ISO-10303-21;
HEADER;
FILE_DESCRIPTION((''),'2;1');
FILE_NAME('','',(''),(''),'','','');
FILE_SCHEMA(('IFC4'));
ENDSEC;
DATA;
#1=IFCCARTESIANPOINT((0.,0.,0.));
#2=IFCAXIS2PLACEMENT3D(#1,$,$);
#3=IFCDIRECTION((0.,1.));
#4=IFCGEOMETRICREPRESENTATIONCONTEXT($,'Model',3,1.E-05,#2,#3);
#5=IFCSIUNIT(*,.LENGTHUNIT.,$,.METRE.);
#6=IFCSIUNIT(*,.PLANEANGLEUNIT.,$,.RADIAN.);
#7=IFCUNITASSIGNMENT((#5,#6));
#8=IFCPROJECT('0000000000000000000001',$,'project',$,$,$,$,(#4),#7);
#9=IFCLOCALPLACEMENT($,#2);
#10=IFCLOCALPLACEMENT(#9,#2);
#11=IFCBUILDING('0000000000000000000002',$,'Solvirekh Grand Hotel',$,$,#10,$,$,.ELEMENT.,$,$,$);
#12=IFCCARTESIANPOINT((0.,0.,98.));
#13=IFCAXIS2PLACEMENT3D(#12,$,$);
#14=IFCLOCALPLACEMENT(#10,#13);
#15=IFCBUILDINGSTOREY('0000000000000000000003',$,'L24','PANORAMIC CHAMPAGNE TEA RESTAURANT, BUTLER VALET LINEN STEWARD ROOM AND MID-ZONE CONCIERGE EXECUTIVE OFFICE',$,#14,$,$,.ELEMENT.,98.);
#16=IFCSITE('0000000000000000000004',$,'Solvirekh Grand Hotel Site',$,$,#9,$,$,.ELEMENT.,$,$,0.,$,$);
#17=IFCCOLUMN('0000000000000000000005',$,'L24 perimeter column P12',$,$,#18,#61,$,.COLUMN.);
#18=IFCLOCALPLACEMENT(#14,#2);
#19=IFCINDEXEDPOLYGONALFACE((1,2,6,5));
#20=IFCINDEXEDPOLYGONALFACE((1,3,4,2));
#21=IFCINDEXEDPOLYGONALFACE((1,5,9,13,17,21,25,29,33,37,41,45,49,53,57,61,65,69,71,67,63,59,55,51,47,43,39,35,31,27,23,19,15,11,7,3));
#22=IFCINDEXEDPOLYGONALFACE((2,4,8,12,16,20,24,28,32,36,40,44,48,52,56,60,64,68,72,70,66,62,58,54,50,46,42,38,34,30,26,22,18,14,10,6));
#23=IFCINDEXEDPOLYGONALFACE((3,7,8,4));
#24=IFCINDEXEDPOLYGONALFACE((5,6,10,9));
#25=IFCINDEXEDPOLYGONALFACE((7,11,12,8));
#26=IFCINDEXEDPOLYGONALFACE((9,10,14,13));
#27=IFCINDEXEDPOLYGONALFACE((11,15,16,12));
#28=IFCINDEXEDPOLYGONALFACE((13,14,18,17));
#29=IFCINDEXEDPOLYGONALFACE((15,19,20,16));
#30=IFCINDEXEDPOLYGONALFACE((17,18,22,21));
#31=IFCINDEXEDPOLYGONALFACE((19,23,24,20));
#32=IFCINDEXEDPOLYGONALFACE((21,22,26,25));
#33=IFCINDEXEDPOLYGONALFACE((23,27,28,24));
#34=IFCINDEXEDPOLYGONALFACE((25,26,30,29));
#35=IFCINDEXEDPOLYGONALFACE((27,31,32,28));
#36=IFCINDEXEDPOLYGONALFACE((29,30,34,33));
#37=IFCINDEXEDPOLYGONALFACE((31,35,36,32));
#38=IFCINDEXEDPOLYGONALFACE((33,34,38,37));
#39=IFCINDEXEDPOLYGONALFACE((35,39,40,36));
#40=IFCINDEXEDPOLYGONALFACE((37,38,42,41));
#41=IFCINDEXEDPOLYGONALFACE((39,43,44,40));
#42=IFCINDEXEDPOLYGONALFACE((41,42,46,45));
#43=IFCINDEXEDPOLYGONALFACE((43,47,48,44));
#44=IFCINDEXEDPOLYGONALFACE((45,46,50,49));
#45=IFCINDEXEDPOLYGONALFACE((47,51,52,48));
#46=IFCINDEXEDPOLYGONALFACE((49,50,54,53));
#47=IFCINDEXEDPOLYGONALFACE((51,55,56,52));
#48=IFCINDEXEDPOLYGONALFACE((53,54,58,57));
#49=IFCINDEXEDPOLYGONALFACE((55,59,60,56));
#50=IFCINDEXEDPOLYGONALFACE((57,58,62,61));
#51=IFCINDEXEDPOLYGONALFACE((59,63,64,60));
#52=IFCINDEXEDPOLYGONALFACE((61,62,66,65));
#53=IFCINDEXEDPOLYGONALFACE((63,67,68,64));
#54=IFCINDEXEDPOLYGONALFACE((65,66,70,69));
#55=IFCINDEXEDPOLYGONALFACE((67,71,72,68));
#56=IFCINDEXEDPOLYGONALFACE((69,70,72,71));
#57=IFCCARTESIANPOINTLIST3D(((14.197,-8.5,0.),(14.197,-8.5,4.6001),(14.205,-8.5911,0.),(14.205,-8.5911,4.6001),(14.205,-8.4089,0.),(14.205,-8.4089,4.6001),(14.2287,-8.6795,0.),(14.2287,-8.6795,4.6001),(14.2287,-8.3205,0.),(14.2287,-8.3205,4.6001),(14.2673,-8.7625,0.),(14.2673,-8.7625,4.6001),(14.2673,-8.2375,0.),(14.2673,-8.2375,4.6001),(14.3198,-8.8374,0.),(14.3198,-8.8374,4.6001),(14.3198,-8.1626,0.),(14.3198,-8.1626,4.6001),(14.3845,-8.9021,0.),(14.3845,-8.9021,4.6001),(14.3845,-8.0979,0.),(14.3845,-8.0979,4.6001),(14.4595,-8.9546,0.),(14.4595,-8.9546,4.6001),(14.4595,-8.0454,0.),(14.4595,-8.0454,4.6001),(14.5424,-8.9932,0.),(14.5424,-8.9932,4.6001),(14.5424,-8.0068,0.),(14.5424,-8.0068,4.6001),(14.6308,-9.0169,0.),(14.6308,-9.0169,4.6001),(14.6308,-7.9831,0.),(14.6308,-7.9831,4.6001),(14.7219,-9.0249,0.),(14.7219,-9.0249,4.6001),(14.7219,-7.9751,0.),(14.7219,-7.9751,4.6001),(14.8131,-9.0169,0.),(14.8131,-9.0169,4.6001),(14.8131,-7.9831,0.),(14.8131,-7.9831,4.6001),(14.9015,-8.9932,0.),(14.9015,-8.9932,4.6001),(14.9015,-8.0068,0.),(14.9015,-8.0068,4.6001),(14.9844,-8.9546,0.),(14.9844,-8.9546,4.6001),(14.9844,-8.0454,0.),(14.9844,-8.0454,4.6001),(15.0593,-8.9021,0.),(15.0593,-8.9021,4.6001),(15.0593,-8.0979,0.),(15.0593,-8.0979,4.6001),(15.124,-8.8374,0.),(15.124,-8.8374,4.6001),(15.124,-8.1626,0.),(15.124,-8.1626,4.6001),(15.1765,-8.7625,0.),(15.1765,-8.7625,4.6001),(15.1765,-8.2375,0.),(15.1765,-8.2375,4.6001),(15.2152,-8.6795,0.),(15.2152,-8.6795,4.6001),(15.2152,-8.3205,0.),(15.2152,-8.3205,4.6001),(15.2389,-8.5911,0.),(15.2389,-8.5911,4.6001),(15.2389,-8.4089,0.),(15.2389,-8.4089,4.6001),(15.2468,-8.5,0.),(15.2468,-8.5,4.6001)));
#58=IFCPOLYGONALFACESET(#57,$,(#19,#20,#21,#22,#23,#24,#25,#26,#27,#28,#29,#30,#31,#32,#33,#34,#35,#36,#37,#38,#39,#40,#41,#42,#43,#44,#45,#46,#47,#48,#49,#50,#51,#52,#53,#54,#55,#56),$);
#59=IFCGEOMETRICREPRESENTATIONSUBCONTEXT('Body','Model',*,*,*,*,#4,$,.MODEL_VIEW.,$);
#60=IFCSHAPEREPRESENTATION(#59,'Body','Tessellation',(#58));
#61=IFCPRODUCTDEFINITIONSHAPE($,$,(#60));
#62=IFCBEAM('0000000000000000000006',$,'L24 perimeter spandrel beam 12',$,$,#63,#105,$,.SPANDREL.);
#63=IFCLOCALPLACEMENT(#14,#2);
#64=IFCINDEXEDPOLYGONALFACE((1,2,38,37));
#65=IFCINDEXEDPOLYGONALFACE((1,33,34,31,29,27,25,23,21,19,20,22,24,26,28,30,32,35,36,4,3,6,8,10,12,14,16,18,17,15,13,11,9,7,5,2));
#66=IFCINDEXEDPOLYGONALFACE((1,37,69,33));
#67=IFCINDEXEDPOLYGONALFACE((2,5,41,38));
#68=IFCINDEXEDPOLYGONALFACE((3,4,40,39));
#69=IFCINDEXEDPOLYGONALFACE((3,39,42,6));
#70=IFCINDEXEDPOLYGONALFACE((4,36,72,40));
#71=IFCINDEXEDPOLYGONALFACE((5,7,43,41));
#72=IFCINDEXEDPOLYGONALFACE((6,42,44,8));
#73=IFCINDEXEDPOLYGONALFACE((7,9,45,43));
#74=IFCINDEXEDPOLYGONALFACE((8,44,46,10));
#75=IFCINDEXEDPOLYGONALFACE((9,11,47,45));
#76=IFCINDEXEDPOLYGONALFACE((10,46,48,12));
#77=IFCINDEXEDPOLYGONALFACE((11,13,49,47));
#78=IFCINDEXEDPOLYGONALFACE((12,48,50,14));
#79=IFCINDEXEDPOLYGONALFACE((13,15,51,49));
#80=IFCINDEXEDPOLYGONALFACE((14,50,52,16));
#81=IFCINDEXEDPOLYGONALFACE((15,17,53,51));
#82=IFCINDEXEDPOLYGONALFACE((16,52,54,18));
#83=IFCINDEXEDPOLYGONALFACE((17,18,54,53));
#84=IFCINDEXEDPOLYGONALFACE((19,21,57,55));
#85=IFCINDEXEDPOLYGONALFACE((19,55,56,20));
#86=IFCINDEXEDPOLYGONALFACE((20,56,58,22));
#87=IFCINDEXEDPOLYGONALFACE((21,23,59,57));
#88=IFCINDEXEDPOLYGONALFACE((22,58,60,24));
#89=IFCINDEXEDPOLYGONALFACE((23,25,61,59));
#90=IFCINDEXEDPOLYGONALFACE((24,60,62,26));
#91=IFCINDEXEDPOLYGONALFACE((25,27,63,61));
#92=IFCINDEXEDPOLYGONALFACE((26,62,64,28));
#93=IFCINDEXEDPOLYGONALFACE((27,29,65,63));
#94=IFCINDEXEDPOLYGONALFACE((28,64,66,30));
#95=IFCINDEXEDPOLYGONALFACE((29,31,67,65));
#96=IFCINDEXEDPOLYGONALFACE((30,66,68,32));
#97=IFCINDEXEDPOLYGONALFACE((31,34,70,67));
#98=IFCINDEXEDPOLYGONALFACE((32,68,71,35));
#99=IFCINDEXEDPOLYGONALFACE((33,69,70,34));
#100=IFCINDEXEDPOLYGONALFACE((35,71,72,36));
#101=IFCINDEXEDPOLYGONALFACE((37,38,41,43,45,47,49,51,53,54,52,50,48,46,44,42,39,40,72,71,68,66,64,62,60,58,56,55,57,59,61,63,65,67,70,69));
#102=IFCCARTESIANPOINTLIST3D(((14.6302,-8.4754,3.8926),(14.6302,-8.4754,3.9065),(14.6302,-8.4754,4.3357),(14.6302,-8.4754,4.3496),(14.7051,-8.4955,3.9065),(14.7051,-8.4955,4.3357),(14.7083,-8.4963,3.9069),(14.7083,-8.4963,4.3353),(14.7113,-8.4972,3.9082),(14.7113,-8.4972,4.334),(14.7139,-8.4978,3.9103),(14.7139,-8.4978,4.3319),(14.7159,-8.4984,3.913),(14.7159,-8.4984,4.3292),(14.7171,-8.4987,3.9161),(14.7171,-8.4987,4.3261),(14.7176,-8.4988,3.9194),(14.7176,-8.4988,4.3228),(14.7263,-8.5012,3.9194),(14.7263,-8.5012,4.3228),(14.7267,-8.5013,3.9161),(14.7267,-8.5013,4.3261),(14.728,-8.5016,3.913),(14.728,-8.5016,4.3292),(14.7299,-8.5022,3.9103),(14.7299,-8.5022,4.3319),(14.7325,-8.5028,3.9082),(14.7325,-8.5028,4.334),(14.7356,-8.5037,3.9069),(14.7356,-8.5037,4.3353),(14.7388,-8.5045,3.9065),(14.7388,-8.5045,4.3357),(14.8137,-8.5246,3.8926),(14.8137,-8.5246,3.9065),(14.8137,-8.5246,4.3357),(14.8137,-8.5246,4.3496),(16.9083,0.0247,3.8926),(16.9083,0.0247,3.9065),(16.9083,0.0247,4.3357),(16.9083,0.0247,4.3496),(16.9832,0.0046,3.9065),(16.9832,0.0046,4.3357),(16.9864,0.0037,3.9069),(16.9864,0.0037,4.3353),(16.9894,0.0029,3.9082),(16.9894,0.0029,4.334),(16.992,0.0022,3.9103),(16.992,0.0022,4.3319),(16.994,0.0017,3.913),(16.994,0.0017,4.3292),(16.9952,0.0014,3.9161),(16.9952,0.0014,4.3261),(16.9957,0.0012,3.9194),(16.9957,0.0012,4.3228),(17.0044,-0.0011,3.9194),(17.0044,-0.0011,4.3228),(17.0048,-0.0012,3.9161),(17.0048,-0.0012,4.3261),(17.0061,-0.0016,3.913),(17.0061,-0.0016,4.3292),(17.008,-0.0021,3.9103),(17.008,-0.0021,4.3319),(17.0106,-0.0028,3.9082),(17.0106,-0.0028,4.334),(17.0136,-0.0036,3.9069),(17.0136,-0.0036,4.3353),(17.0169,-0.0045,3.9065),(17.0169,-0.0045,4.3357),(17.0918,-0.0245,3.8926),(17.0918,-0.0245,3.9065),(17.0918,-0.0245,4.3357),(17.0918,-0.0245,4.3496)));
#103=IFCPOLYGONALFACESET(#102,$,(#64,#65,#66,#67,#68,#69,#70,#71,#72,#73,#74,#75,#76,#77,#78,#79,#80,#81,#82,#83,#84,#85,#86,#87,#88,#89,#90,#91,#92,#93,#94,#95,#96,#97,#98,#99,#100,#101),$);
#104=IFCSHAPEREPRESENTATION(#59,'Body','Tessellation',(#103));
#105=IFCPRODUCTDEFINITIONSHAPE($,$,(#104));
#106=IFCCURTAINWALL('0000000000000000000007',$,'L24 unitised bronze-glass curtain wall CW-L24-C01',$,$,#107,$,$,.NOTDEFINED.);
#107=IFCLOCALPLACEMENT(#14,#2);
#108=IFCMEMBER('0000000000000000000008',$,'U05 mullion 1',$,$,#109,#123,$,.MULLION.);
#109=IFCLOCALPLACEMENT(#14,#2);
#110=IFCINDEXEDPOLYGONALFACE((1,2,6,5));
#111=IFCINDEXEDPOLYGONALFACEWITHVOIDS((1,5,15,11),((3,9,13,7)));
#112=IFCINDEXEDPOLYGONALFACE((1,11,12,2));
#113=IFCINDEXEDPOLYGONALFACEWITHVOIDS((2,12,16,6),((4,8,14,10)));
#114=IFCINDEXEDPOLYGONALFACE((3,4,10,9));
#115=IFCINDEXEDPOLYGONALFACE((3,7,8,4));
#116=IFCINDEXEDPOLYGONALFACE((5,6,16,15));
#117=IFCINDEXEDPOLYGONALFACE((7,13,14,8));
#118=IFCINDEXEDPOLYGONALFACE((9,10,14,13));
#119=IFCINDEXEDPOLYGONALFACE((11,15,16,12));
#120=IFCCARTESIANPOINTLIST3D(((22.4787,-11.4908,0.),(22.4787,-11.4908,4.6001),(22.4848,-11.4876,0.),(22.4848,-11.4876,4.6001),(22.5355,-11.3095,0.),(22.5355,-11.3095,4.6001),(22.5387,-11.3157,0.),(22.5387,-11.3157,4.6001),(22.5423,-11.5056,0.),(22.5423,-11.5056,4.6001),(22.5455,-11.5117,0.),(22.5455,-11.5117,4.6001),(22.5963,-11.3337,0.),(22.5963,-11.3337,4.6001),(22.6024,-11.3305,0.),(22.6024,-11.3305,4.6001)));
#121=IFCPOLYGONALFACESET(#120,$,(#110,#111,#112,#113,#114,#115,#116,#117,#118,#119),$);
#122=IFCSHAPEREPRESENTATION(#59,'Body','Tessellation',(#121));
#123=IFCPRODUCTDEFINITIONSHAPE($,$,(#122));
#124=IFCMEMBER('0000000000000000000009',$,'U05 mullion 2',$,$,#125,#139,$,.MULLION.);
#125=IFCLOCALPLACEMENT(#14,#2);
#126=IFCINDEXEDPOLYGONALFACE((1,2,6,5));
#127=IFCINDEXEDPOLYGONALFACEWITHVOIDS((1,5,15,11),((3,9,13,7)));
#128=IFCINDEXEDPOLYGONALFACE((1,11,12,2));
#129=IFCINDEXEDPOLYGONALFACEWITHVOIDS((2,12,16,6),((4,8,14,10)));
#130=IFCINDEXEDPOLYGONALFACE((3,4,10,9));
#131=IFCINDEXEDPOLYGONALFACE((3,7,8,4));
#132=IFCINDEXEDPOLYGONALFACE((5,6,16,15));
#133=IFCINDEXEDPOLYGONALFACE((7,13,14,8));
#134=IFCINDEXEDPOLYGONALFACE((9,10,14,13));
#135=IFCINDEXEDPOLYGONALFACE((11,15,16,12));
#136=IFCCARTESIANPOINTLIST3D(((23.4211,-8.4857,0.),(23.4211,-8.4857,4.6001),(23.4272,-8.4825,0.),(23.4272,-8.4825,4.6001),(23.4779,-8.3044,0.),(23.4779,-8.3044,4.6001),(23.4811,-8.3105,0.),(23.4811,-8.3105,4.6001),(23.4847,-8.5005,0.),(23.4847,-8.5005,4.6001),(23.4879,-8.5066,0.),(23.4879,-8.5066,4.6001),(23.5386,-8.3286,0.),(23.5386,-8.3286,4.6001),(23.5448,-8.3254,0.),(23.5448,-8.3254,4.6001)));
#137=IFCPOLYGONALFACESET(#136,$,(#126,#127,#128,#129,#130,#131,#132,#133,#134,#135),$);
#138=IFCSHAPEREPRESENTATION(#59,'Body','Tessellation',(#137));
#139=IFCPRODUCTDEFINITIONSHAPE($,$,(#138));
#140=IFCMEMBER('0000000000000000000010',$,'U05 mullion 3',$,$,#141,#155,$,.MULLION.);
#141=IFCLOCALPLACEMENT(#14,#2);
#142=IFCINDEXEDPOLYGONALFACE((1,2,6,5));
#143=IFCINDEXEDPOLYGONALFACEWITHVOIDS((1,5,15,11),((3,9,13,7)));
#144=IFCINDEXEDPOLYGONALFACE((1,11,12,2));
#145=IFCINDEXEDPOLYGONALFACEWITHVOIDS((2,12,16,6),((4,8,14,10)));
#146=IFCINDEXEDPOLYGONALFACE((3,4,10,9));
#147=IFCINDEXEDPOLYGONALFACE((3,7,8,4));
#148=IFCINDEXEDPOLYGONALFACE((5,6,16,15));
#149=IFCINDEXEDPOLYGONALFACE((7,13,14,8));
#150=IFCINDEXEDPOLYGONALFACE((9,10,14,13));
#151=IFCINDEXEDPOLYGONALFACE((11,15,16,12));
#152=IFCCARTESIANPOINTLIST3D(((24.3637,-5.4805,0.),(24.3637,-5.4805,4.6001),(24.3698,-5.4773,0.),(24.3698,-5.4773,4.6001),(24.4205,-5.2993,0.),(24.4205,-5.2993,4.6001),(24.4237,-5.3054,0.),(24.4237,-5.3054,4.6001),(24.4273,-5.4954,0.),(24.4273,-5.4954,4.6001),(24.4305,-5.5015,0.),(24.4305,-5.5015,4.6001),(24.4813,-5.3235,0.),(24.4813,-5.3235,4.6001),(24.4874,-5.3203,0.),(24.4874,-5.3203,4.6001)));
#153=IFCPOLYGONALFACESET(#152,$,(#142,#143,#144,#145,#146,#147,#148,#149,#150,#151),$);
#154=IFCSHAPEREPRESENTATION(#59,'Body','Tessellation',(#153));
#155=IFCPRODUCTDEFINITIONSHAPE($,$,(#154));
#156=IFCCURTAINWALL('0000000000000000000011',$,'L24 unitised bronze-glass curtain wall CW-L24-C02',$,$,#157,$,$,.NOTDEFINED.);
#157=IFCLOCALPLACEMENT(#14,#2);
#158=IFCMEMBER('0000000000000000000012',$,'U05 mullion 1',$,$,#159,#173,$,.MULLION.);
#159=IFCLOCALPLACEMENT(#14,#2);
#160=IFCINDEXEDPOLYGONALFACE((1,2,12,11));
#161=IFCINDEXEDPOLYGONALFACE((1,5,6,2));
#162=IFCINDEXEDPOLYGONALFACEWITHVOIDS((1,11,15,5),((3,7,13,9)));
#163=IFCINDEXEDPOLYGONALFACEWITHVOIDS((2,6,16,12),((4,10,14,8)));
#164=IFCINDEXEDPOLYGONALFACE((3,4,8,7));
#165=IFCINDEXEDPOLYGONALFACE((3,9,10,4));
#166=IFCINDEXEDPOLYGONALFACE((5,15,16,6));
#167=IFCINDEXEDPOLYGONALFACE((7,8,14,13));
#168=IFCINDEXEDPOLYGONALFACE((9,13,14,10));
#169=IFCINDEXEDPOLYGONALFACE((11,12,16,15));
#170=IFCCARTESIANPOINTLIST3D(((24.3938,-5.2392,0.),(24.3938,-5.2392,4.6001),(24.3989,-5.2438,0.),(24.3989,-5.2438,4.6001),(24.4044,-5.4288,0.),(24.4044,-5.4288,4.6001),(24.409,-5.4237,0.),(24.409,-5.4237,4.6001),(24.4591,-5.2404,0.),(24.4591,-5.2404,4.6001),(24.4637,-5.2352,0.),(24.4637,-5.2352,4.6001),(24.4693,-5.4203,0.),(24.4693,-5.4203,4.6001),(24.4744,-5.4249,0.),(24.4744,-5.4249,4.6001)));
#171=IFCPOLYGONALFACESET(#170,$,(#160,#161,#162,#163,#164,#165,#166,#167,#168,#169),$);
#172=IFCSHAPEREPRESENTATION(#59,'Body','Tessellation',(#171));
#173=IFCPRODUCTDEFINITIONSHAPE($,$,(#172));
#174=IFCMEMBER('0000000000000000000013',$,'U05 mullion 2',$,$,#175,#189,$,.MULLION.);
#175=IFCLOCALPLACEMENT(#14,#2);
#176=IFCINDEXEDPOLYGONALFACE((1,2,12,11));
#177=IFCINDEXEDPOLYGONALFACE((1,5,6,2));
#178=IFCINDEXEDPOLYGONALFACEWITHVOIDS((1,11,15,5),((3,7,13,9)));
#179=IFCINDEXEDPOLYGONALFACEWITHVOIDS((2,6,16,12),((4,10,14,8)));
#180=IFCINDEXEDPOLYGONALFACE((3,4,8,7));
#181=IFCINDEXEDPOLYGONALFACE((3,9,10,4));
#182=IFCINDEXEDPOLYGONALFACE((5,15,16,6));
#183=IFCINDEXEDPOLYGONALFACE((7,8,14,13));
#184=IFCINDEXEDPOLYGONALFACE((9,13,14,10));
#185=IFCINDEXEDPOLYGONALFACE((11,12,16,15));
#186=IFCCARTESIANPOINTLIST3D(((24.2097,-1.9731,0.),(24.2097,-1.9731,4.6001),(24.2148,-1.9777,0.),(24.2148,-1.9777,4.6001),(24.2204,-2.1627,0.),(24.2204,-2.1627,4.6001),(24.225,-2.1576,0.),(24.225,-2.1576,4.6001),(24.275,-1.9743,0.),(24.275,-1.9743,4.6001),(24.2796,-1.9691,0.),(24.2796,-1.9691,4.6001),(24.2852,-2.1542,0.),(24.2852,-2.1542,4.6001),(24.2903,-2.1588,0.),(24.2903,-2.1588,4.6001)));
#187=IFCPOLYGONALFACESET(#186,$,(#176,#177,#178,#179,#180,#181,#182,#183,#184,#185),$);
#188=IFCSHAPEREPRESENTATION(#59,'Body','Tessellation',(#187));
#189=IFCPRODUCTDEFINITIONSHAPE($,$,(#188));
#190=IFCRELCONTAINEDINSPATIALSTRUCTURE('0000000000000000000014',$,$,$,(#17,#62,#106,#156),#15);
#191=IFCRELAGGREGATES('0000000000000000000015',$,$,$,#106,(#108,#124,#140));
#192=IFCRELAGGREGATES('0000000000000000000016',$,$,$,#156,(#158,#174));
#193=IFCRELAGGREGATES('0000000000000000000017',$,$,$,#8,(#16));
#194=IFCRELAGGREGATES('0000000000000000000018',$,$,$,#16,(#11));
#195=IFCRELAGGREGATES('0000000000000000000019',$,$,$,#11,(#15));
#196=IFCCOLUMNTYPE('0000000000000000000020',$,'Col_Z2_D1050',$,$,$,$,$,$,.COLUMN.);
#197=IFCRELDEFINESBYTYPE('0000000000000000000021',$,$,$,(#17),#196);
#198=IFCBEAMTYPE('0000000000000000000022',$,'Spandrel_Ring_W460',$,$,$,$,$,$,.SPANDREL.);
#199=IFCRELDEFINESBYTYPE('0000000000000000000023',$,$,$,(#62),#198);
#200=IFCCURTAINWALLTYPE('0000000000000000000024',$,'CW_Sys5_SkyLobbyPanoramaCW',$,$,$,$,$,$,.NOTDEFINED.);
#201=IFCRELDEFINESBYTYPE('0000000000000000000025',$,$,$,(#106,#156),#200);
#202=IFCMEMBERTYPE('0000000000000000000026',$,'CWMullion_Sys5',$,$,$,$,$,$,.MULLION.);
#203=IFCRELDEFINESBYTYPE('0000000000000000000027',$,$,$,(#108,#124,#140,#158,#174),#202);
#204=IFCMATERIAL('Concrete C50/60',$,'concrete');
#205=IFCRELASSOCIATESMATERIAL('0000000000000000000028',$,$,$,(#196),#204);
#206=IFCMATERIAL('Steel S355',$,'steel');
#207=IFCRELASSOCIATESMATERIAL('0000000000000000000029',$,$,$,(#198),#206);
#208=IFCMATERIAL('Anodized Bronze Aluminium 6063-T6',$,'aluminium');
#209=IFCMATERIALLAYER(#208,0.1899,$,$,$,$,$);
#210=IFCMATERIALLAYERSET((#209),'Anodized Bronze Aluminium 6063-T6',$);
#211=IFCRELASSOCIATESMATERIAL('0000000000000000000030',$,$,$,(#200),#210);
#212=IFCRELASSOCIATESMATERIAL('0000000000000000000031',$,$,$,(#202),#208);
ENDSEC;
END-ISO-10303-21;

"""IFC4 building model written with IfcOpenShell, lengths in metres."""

from ifc_helpers import new_model, si_unit, direction, frame, origin, origin_2d, place, context, subcontext, project, spatial, hollow_rectangle, circle, i_section, extrude, source, transform, mapped, material, layer, layer_set, material_profile, profile_set, type_object, element, aggregate, save


model = new_model("IFC4")

# Units and contexts
model_context = context("Model", 3, precision=1e-05, world=origin(), true_north=direction((0.0, 1.0)))
body_context = subcontext(model_context, "Body", "Model", "MODEL_VIEW")
ifc_project = project(units=[si_unit("LENGTHUNIT", "METRE"), si_unit("PLANEANGLEUNIT", "RADIAN")], contexts=[model_context])

# Site, building, storey
site_placement = place(None, origin())
site = spatial("IfcSite", under=ifc_project, at=site_placement, Name="Solvirekh Grand Hotel Site", CompositionType="ELEMENT", RefElevation=0.0)
building_placement = place(site_placement, origin())
building = spatial("IfcBuilding", under=site, at=building_placement, Name="Solvirekh Grand Hotel", CompositionType="ELEMENT")
storey_placement = place(building_placement, frame((0.0, 0.0, 98.0)))
storey = spatial("IfcBuildingStorey", under=building, at=storey_placement, Name="L24", Description="PANORAMIC CHAMPAGNE TEA RESTAURANT, BUTLER VALET LINEN STEWARD ROOM AND MID-ZONE CONCIERGE EXECUTIVE OFFICE", CompositionType="ELEMENT", Elevation=98.0)

# Column
ifc_material_1 = material(Name="Concrete C50/60", Category="concrete")
ifc_material_profile_1 = material_profile(ifc_material_1, circle(Radius=0.5249, at=origin_2d()), Name="RC CIRC D1050")
ifc_profile_set_1 = profile_set([ifc_material_profile_1], Name="Concrete C50/60")
column_type = type_object("IfcColumnType", Name="Col_Z2_D1050", PredefinedType="COLUMN", material=ifc_profile_set_1)
column_placement = place(storey_placement, frame((14.7219, -8.5, 0.0), z_axis=(0.0, 0.0, 1.0), x_axis=(1.0, 0.0, 0.0)))
element("IfcColumn", 1, at=column_placement, inside=storey, type_object=column_type, Name="L24 perimeter column P12", PredefinedType="COLUMN", context=body_context, shape_type="SweptSolid", body=[
    extrude(circle(Radius=0.5249, at=origin_2d()), origin(), (0.0, 0.0, 1.0), 4.6001),
])

# Beam
ifc_material_2 = material(Name="Steel S355", Category="steel")
ifc_material_profile_2 = material_profile(ifc_material_2, i_section(OverallWidth=0.1899, OverallDepth=0.457, WebThickness=0.009, FlangeThickness=0.0139, FilletRadius=0.0129, at=origin_2d()), Name="W460X74")
ifc_profile_set_2 = profile_set([ifc_material_profile_2], Name="Steel S355")
beam_type = type_object("IfcBeamType", Name="Spandrel_Ring_W460", PredefinedType="SPANDREL", material=ifc_profile_set_2)
beam_placement = place(storey_placement, frame((14.7219, -8.5, 4.1211), z_axis=(0.258873, 0.965911, 0.0), x_axis=(-0.965911, 0.258873, 0.0)))
element("IfcBeam", 2, at=beam_placement, inside=storey, type_object=beam_type, Name="L24 perimeter spandrel beam 12", PredefinedType="SPANDREL", context=body_context, shape_type="SweptSolid", body=[
    extrude(i_section(OverallWidth=0.1899, OverallDepth=0.457, WebThickness=0.009, FlangeThickness=0.0139, FilletRadius=0.0129, at=origin_2d()), origin(), (0.0, 0.0, 1.0), 8.8),
])

# Curtain walls, members
ifc_material_3 = material(Name="Anodized Bronze Aluminium 6063-T6", Category="aluminium")
ifc_layer_1 = layer(ifc_material_3, 0.1899)
ifc_layer_set_1 = layer_set([ifc_layer_1], Name="Anodized Bronze Aluminium 6063-T6")
curtain_wall_type = type_object("IfcCurtainWallType", Name="CW_Sys5_SkyLobbyPanoramaCW", PredefinedType="NOTDEFINED", material=ifc_layer_set_1)
curtain_wall_1_placement = place(storey_placement, origin())
curtain_wall_1 = element("IfcCurtainWall", 3, at=curtain_wall_1_placement, inside=storey, type_object=curtain_wall_type, Name="L24 unitised bronze-glass curtain wall CW-L24-C01", PredefinedType="NOTDEFINED")
ifc_material_profile_3 = material_profile(ifc_material_3, hollow_rectangle(XDim=0.0701, YDim=0.1899, WallThickness=0.0049, at=origin_2d()), Name="ALU RHS 190X70X5")
ifc_profile_set_3 = profile_set([ifc_material_profile_3], Name="Anodized Bronze Aluminium 6063-T6")
member_type_1 = type_object("IfcMemberType", Name="CWMullion_Sys5", PredefinedType="MULLION", material=ifc_profile_set_3)
shared_shape_1 = source(origin(), body_context, "Body", "SweptSolid", [
    extrude(hollow_rectangle(XDim=0.0701, YDim=0.1899, WallThickness=0.0049, at=origin_2d()), origin(), (0.0, 0.0, 1.0), 4.6001),
])
member_1_placement = place(storey_placement, frame((22.5405, -11.4106, 0.0), z_axis=(0.0, 0.0, 1.0), x_axis=(-0.954169, 0.299267, 0.0)))
member_1 = element("IfcMember", 4, at=member_1_placement, type_object=member_type_1, Name="U05 mullion 1", PredefinedType="MULLION", context=body_context, shape_type="MappedRepresentation", body=[
    mapped(shared_shape_1, transform((0.0, 0.0, 0.0), x_axis=(1.0, 0.0, 0.0), y_axis=(0.0, 1.0, 0.0), z_axis=(0.0, 0.0, 1.0), scale=1.0)),
])
member_2_placement = place(storey_placement, frame((23.4829, -8.4055, 0.0), z_axis=(0.0, 0.0, 1.0), x_axis=(-0.954169, 0.299267, 0.0)))
member_2 = element("IfcMember", 5, at=member_2_placement, type_object=member_type_1, Name="U05 mullion 2", PredefinedType="MULLION", context=body_context, shape_type="MappedRepresentation", body=[
    mapped(shared_shape_1, transform((0.0, 0.0, 0.0), x_axis=(1.0, 0.0, 0.0), y_axis=(0.0, 1.0, 0.0), z_axis=(0.0, 0.0, 1.0), scale=1.0)),
])
member_3_placement = place(storey_placement, frame((24.4255, -5.4004, 0.0), z_axis=(0.0, 0.0, 1.0), x_axis=(-0.954169, 0.299267, 0.0)))
member_3 = element("IfcMember", 6, at=member_3_placement, type_object=member_type_1, Name="U05 mullion 3", PredefinedType="MULLION", context=body_context, shape_type="MappedRepresentation", body=[
    mapped(shared_shape_1, transform((0.0, 0.0, 0.0), x_axis=(1.0, 0.0, 0.0), y_axis=(0.0, 1.0, 0.0), z_axis=(0.0, 0.0, 1.0), scale=1.0)),
])
curtain_wall_2_placement = place(storey_placement, origin())
curtain_wall_2 = element("IfcCurtainWall", 7, at=curtain_wall_2_placement, inside=storey, type_object=curtain_wall_type, Name="L24 unitised bronze-glass curtain wall CW-L24-C02", PredefinedType="NOTDEFINED")
member_4_placement = place(storey_placement, frame((24.4341, -5.332, 0.0), z_axis=(0.0, 0.0, 1.0), x_axis=(-0.998416, -0.056257, 0.0)))
member_4 = element("IfcMember", 8, at=member_4_placement, type_object=member_type_1, Name="U05 mullion 1", PredefinedType="MULLION", context=body_context, shape_type="MappedRepresentation", body=[
    mapped(shared_shape_1, transform((0.0, 0.0, 0.0), x_axis=(1.0, 0.0, 0.0), y_axis=(0.0, 1.0, 0.0), z_axis=(0.0, 0.0, 1.0), scale=1.0)),
])
member_5_placement = place(storey_placement, frame((24.25, -2.0659, 0.0), z_axis=(0.0, 0.0, 1.0), x_axis=(-0.998416, -0.056257, 0.0)))
member_5 = element("IfcMember", 9, at=member_5_placement, type_object=member_type_1, Name="U05 mullion 2", PredefinedType="MULLION", context=body_context, shape_type="MappedRepresentation", body=[
    mapped(shared_shape_1, transform((0.0, 0.0, 0.0), x_axis=(1.0, 0.0, 0.0), y_axis=(0.0, 1.0, 0.0), z_axis=(0.0, 0.0, 1.0), scale=1.0)),
])

aggregate(curtain_wall_1, [member_1, member_2, member_3])
aggregate(curtain_wall_2, [member_4, member_5])

save(model, "model.ifc")
